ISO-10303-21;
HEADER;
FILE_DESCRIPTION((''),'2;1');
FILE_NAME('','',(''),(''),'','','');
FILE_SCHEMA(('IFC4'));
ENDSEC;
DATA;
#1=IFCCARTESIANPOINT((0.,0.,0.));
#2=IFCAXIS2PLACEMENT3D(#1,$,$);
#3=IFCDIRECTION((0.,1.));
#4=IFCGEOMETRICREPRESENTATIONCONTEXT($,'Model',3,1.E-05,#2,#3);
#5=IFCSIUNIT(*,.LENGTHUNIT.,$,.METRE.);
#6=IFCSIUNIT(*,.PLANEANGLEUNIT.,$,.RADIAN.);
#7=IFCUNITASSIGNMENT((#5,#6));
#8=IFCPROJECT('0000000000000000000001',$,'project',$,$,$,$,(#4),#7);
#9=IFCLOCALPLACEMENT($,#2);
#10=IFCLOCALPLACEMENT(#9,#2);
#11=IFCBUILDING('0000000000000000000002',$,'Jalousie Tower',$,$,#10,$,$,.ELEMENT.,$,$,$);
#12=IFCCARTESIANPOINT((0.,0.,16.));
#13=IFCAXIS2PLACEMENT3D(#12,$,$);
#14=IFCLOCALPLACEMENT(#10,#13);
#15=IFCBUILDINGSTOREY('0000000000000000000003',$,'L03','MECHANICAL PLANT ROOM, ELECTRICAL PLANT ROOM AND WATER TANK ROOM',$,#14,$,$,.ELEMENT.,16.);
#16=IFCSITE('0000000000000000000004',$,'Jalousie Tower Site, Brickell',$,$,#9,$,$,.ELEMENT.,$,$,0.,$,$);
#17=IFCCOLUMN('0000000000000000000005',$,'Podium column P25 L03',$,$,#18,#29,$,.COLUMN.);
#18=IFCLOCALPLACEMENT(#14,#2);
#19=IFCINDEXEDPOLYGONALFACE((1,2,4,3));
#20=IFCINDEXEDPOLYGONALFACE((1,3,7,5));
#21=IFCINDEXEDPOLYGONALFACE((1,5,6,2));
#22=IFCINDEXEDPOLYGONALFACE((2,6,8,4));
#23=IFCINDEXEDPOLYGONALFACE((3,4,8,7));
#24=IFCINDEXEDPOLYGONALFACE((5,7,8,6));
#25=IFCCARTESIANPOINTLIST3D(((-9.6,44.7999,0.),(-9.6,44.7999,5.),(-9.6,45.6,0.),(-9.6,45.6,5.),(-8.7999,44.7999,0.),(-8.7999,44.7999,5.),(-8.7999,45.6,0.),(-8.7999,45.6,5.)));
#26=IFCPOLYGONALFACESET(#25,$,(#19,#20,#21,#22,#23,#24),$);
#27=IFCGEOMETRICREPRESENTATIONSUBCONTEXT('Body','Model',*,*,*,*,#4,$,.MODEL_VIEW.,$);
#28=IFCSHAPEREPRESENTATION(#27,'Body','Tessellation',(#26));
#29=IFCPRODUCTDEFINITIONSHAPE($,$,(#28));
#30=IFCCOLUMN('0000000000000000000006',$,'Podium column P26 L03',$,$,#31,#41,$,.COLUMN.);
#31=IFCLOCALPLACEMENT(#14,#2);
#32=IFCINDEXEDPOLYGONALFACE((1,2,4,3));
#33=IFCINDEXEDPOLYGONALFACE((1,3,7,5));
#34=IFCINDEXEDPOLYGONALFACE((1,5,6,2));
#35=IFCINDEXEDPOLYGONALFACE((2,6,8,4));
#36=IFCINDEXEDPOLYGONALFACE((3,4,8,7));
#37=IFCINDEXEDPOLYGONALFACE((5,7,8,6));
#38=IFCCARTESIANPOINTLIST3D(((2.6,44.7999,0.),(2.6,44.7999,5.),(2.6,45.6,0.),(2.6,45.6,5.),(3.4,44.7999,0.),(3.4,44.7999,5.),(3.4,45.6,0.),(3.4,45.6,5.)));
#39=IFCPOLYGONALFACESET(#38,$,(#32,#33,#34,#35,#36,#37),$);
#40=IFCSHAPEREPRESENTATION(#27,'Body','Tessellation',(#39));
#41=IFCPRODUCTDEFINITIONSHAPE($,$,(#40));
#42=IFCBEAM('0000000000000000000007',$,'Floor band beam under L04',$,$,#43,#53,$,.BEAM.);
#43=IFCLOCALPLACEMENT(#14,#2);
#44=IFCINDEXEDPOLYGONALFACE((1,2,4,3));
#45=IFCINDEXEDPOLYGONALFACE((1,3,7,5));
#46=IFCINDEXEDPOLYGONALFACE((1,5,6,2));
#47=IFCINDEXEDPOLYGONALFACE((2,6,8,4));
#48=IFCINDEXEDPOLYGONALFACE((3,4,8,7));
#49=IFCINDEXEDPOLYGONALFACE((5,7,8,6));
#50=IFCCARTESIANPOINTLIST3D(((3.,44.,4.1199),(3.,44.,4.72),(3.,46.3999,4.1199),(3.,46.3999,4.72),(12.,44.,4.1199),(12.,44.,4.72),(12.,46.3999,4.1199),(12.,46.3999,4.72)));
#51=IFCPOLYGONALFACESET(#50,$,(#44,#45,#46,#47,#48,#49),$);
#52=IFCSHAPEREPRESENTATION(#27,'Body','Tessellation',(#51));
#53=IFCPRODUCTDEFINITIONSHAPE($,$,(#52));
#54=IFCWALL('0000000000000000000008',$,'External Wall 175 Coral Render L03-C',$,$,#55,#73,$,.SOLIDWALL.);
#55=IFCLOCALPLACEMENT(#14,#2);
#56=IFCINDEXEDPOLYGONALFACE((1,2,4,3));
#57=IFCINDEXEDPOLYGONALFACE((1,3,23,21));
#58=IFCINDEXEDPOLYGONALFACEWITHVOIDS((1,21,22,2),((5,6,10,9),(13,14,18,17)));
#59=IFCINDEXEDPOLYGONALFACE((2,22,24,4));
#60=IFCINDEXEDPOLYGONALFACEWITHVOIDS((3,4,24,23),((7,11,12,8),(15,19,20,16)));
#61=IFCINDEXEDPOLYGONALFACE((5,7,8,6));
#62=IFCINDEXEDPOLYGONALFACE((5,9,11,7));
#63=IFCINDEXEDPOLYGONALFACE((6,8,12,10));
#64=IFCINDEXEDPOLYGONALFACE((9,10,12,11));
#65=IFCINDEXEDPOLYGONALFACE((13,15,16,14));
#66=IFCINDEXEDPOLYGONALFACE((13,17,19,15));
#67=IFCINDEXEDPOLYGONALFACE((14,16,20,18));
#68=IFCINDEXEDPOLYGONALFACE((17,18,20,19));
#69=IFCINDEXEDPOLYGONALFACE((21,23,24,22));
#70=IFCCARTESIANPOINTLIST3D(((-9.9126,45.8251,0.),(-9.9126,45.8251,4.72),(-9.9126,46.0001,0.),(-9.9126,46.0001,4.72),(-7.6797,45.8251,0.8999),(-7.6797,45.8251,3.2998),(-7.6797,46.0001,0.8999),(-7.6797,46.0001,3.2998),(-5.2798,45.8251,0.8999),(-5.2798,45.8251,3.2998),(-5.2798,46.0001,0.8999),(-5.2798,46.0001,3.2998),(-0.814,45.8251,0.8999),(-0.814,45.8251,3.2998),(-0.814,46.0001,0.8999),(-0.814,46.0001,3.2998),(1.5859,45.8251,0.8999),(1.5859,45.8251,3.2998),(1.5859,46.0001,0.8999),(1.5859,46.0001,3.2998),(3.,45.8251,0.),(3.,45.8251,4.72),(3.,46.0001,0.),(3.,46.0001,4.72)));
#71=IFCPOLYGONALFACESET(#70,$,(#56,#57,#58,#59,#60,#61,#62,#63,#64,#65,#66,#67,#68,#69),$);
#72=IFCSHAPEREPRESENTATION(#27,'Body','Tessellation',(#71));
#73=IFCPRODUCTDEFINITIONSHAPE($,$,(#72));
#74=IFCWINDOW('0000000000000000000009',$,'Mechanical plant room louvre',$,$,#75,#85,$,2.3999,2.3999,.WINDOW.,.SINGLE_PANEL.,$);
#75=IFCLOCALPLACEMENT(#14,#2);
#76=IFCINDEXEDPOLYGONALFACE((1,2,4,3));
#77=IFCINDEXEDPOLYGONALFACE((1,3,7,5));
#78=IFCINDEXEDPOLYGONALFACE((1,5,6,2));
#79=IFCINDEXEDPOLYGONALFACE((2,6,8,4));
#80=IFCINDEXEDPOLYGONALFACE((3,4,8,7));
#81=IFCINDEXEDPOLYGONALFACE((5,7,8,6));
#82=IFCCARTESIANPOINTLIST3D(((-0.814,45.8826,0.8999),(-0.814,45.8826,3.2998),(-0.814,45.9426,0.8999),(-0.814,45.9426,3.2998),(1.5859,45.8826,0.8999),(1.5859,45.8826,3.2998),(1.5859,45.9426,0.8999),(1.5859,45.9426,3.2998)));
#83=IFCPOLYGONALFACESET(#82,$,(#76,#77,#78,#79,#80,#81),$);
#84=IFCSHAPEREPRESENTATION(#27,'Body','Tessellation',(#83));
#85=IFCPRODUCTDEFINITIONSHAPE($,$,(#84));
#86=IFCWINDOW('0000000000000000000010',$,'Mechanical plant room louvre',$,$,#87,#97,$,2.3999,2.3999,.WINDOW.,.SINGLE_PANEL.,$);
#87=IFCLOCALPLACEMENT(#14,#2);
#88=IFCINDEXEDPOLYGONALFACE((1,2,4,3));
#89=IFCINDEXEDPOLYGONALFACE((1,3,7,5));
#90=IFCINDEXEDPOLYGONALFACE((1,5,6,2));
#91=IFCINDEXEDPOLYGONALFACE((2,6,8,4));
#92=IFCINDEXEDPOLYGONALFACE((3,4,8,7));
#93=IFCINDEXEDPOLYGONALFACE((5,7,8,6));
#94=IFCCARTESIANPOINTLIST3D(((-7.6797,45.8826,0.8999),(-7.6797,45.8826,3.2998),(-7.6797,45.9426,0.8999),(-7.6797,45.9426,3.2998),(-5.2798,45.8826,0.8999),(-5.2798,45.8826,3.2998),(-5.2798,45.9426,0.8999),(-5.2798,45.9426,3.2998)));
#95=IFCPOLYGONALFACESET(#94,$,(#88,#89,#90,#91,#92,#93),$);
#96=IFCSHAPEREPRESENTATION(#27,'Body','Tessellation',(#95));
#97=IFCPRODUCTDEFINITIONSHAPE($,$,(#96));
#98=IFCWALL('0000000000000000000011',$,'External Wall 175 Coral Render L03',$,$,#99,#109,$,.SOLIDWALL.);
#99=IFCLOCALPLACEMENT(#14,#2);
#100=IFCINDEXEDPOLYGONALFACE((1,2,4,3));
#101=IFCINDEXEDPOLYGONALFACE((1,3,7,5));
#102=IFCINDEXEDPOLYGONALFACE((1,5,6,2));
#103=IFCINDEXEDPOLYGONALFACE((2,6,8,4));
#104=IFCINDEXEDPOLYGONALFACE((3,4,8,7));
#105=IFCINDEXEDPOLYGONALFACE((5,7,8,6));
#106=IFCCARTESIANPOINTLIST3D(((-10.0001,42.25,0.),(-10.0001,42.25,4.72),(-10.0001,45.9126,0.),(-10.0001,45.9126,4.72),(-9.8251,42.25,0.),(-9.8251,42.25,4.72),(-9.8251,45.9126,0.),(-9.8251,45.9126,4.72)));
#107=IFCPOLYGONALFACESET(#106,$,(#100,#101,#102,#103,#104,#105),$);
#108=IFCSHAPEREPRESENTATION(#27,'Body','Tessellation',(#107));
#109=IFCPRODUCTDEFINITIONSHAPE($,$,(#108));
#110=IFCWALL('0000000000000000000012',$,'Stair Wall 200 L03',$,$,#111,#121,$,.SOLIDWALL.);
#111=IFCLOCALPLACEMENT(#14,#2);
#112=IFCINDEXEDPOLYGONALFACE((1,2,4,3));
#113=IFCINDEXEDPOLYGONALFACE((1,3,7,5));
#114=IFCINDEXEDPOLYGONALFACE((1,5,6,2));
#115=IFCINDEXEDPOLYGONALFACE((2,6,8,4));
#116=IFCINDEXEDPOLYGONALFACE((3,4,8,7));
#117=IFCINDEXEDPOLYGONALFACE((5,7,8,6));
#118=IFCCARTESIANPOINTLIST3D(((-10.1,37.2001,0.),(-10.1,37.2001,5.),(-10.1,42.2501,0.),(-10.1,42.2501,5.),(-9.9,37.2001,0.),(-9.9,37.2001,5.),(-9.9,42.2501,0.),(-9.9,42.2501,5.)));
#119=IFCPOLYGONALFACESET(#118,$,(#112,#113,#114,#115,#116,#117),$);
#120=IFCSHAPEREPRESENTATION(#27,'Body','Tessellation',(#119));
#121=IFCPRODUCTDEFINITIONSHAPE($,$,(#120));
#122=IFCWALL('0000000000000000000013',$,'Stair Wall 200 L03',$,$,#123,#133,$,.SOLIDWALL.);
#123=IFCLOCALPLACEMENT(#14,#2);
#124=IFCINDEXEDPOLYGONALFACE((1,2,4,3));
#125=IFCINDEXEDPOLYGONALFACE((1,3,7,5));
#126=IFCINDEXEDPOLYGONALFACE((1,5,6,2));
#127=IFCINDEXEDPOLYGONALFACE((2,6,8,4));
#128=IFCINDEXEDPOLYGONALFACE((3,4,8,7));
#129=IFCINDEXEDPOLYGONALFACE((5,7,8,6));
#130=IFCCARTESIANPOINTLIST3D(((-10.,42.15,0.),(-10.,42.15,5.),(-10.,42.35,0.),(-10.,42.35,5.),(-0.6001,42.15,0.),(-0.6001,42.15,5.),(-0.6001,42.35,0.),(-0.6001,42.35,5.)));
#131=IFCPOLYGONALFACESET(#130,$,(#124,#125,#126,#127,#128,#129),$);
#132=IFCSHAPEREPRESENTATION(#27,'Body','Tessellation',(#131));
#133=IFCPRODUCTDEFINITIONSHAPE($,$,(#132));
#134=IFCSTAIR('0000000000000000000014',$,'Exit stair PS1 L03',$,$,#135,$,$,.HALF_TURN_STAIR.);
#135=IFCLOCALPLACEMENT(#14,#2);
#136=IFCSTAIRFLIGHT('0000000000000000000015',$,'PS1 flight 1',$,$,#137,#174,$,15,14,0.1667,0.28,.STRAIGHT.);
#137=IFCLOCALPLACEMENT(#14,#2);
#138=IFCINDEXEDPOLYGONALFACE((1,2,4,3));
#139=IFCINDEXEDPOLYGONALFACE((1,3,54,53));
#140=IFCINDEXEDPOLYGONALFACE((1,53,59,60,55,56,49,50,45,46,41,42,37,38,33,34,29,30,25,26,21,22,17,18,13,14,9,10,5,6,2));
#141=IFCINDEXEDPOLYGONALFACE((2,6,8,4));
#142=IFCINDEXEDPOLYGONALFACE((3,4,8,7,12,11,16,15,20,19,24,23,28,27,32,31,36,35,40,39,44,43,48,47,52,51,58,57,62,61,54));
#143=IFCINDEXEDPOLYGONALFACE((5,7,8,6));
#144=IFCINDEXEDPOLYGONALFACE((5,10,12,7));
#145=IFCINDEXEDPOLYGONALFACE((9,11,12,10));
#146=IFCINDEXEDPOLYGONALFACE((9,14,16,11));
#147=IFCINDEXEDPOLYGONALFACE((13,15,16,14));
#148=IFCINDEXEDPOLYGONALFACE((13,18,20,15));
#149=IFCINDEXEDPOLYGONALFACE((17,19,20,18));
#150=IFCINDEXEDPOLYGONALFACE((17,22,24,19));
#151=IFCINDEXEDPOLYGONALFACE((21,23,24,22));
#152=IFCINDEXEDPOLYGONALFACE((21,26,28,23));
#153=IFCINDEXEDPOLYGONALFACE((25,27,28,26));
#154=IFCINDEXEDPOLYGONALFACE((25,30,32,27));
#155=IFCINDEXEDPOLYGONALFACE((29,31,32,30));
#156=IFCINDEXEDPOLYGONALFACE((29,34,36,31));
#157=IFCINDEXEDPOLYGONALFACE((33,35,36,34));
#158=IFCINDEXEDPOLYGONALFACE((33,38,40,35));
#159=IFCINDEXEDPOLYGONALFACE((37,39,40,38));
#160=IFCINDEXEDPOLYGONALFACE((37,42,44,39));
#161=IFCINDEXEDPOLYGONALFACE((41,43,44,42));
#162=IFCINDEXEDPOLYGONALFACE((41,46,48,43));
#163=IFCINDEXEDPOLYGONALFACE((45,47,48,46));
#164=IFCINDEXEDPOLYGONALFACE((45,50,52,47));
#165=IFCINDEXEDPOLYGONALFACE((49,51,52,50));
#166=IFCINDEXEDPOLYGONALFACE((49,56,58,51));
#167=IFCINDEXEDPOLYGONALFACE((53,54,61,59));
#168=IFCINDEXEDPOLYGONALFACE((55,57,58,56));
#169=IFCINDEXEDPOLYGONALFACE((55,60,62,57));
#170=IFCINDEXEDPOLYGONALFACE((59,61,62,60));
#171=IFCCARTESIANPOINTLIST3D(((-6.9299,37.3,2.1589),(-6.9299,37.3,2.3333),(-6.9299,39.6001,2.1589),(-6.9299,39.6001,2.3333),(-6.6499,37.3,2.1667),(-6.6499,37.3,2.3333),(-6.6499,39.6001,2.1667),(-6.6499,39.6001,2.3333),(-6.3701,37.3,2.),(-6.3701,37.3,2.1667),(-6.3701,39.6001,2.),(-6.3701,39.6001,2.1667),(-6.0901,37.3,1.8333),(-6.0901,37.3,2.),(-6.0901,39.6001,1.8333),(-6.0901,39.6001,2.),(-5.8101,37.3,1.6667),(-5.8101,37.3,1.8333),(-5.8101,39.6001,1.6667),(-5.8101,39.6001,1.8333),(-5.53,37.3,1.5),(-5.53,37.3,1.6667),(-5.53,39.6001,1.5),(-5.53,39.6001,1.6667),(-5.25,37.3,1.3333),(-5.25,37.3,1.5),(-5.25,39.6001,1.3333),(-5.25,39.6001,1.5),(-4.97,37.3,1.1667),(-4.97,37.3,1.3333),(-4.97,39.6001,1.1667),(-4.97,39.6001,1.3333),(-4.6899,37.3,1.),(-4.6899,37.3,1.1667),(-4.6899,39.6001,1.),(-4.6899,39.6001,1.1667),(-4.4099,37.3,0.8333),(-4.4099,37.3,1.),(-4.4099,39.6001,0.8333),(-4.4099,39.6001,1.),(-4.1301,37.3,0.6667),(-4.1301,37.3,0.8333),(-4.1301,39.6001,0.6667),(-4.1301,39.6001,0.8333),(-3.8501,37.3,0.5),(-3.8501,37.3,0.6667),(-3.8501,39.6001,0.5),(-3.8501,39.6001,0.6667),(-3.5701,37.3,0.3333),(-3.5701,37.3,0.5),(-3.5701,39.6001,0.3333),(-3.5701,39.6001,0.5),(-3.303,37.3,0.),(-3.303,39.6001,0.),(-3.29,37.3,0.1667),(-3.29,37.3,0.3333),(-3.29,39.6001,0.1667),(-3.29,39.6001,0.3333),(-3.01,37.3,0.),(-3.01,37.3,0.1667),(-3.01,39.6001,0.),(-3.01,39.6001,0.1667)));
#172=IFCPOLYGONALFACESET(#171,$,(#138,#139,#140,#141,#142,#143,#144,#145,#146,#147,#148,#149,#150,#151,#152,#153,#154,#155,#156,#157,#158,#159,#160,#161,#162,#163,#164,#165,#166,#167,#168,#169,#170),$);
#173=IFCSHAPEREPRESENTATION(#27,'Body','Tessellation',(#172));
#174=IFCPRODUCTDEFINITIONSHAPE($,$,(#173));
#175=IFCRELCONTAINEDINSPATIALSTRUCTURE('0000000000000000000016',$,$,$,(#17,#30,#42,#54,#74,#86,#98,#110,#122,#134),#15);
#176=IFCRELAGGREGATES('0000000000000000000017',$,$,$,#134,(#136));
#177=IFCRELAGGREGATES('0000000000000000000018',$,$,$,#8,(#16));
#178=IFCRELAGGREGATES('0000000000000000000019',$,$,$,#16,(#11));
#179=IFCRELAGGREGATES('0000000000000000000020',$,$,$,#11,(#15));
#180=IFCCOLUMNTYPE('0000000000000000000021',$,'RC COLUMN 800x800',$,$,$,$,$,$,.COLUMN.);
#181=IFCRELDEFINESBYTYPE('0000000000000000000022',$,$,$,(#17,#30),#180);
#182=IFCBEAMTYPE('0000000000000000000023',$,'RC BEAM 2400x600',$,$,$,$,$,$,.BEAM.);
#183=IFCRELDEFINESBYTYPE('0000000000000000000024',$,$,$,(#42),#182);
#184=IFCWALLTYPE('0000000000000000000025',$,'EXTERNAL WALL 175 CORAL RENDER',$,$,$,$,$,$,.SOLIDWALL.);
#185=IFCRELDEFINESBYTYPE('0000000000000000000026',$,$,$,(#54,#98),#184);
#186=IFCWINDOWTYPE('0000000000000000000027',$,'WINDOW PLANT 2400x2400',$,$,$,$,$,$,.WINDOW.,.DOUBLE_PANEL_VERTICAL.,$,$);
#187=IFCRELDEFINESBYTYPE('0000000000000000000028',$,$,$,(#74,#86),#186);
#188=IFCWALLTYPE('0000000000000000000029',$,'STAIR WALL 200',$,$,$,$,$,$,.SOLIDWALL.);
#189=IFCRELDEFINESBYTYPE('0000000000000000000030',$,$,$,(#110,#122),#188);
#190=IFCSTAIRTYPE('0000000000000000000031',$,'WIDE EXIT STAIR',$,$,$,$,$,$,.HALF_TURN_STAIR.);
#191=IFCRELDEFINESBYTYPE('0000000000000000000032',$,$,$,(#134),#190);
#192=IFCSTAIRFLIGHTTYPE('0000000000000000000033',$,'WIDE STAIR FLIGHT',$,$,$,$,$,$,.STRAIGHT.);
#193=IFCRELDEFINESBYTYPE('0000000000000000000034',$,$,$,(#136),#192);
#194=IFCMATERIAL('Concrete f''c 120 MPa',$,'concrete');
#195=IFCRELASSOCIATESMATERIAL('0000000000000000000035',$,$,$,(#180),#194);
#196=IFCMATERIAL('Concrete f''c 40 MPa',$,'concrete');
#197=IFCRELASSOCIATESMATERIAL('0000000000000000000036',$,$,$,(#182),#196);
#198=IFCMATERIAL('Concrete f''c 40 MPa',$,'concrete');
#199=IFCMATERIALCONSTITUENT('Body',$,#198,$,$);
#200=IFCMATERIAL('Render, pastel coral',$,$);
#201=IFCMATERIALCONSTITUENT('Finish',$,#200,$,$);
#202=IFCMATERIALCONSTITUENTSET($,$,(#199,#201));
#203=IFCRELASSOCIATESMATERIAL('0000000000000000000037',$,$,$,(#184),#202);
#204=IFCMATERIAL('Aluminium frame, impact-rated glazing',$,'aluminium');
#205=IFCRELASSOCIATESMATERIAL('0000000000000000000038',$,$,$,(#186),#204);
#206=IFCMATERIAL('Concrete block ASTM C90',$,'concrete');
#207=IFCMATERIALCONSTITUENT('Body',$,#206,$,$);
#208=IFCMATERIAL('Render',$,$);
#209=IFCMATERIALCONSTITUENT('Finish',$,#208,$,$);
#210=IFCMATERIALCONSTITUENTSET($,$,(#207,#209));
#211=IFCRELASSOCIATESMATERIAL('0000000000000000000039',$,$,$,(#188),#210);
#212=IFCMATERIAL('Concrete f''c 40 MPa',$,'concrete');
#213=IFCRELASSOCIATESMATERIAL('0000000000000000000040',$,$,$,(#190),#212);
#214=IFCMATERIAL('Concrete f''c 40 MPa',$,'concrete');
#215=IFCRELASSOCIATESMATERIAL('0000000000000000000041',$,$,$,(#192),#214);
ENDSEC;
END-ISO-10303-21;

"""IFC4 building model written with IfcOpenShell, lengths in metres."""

from ifc_helpers import new_model, si_unit, direction, frame, frame_2d, origin, origin_2d, place, context, subcontext, project, spatial, polyline, rectangle, outline, extrude, material, constituent, constituent_set, material_profile, profile_set, type_object, element, fill, aggregate, save


model = new_model("IFC4")

# Units and contexts
model_context = context("Model", 3, precision=1e-05, world=origin(), true_north=direction((0.0, 1.0)))
body_context = subcontext(model_context, "Body", "Model", "MODEL_VIEW")
ifc_project = project(units=[si_unit("LENGTHUNIT", "METRE"), si_unit("PLANEANGLEUNIT", "RADIAN")], contexts=[model_context])

# Site, building, storey
site_placement = place(None, origin())
site = spatial("IfcSite", under=ifc_project, at=site_placement, Name="Jalousie Tower Site, Brickell", CompositionType="ELEMENT", RefElevation=0.0)
building_placement = place(site_placement, origin())
building = spatial("IfcBuilding", under=site, at=building_placement, Name="Jalousie Tower", CompositionType="ELEMENT")
storey_placement = place(building_placement, frame((0.0, 0.0, 16.0)))
storey = spatial("IfcBuildingStorey", under=building, at=storey_placement, Name="L03", Description="MECHANICAL PLANT ROOM, ELECTRICAL PLANT ROOM AND WATER TANK ROOM", CompositionType="ELEMENT", Elevation=16.0)

# Columns
ifc_material_1 = material(Name="Concrete f'c 120 MPa", Category="concrete")
ifc_material_profile_1 = material_profile(ifc_material_1, rectangle(XDim=0.8, YDim=0.8, at=origin_2d()), Name="RC 800x800")
ifc_profile_set_1 = profile_set([ifc_material_profile_1], Name="Concrete f'c 120 MPa")
column_type = type_object("IfcColumnType", Name="RC COLUMN 800x800", PredefinedType="COLUMN", material=ifc_profile_set_1)
for number, where, z_axis, x_axis, name in (
    (1, (-9.2, 45.2, 0.0), (0.0, 0.0, 1.0), (1.0, 0.0, 0.0), "Podium column P25 L03"),
    (2, (3.0, 45.2, 0.0), (0.0, 0.0, 1.0), (1.0, 0.0, 0.0), "Podium column P26 L03"),
):
    element("IfcColumn", number, at=place(storey_placement, frame(where, z_axis=z_axis, x_axis=x_axis)), inside=storey, type_object=column_type, Name=name, PredefinedType="COLUMN", context=body_context, shape_type="SweptSolid", body=[
        extrude(rectangle(XDim=0.8, YDim=0.8, at=origin_2d()), origin(), (0.0, 0.0, 1.0), 5.0),
    ])

# Beam
ifc_material_2 = material(Name="Concrete f'c 40 MPa", Category="concrete")
ifc_material_profile_2 = material_profile(ifc_material_2, rectangle(XDim=2.3999, YDim=0.6001, at=origin_2d()), Name="RC 2400x600")
ifc_profile_set_2 = profile_set([ifc_material_profile_2], Name="Concrete f'c 40 MPa")
beam_type = type_object("IfcBeamType", Name="RC BEAM 2400x600", PredefinedType="BEAM", material=ifc_profile_set_2)
beam_placement = place(storey_placement, frame((3.0, 45.2, 4.4199), z_axis=(1.0, 0.0, 0.0), x_axis=(0.0, 1.0, 0.0)))
element("IfcBeam", 3, at=beam_placement, inside=storey, type_object=beam_type, Name="Floor band beam under L04", PredefinedType="BEAM", context=body_context, shape_type="SweptSolid", body=[
    extrude(rectangle(XDim=2.3999, YDim=0.6001, at=origin_2d()), origin(), (0.0, 0.0, 1.0), 9.0),
])

# Wall, openings, windows
ifc_material_3 = material(Name="Concrete f'c 40 MPa", Category="concrete")
ifc_constituent_1 = constituent(ifc_material_3, Name="Body")
ifc_material_4 = material(Name="Render, pastel coral")
ifc_constituent_2 = constituent(ifc_material_4, Name="Finish")
ifc_constituent_set_1 = constituent_set(constituents=[ifc_constituent_1, ifc_constituent_2])
wall_type_1 = type_object("IfcWallType", Name="EXTERNAL WALL 175 CORAL RENDER", PredefinedType="SOLIDWALL", material=ifc_constituent_set_1)
wall_1_placement = place(storey_placement, frame((3.0, 45.9126, 0.0), z_axis=(0.0, 0.0, 1.0), x_axis=(-1.0, 0.0, 0.0)))
wall_1 = element("IfcWall", 4, at=wall_1_placement, inside=storey, type_object=wall_type_1, Name="External Wall 175 Coral Render L03-C", PredefinedType="SOLIDWALL", context=body_context, shape_type="SweptSolid", body=[
    extrude(rectangle(XDim=12.9126, YDim=0.175, at=frame_2d((6.4563, 0.0))), origin(), (0.0, 0.0, 1.0), 4.72),
])
opening_1_placement = place(wall_1_placement, frame((1.4141, 0.0, 0.8999)))
opening_1 = element("IfcOpeningElement", 5, at=opening_1_placement, cuts=wall_1, PredefinedType="OPENING", context=body_context, shape_type="SweptSolid", body=[
    extrude(rectangle(XDim=2.3999, YDim=2.3999, at=frame_2d((1.2, 1.2))), frame((0.0, 0.0974, 0.0), z_axis=(0.0, -1.0, 0.0), x_axis=(1.0, 0.0, 0.0)), (0.0, 0.0, 1.0), 0.1951),
])
opening_2_placement = place(wall_1_placement, frame((8.2798, 0.0, 0.8999)))
opening_2 = element("IfcOpeningElement", 6, at=opening_2_placement, cuts=wall_1, PredefinedType="OPENING", context=body_context, shape_type="SweptSolid", body=[
    extrude(rectangle(XDim=2.3999, YDim=2.3999, at=frame_2d((1.2, 1.2))), frame((0.0, 0.0974, 0.0), z_axis=(0.0, -1.0, 0.0), x_axis=(1.0, 0.0, 0.0)), (0.0, 0.0, 1.0), 0.1951),
])
ifc_material_5 = material(Name="Aluminium frame, impact-rated glazing", Category="aluminium")
window_type = type_object("IfcWindowType", Name="WINDOW PLANT 2400x2400", PartitioningType="DOUBLE_PANEL_VERTICAL", PredefinedType="WINDOW", material=ifc_material_5)
window_1_placement = place(opening_1_placement, origin())
window_1 = element("IfcWindow", 7, at=window_1_placement, inside=storey, type_object=window_type, Name="Mechanical plant room louvre", OverallHeight=2.3999, OverallWidth=2.3999, PartitioningType="SINGLE_PANEL", PredefinedType="WINDOW", context=body_context, shape_type="SweptSolid", body=[
    extrude(rectangle(XDim=2.3999, YDim=2.3999, at=frame_2d((1.2, 1.2))), frame((0.0, 0.03, 0.0), z_axis=(0.0, -1.0, 0.0), x_axis=(1.0, 0.0, 0.0)), (0.0, 0.0, 1.0), 0.0601),
])
fill(opening_1, window_1)
window_2_placement = place(opening_2_placement, origin())
window_2 = element("IfcWindow", 8, at=window_2_placement, inside=storey, type_object=window_type, Name="Mechanical plant room louvre", OverallHeight=2.3999, OverallWidth=2.3999, PartitioningType="SINGLE_PANEL", PredefinedType="WINDOW", context=body_context, shape_type="SweptSolid", body=[
    extrude(rectangle(XDim=2.3999, YDim=2.3999, at=frame_2d((1.2, 1.2))), frame((0.0, 0.03, 0.0), z_axis=(0.0, -1.0, 0.0), x_axis=(1.0, 0.0, 0.0)), (0.0, 0.0, 1.0), 0.0601),
])
fill(opening_2, window_2)

# Walls
wall_2_placement = place(storey_placement, frame((-9.9126, 45.9126, 0.0), z_axis=(0.0, 0.0, 1.0), x_axis=(0.0, -1.0, 0.0)))
element("IfcWall", 9, at=wall_2_placement, inside=storey, type_object=wall_type_1, Name="External Wall 175 Coral Render L03", PredefinedType="SOLIDWALL", context=body_context, shape_type="SweptSolid", body=[
    extrude(rectangle(XDim=3.6626, YDim=0.175, at=frame_2d((1.8313, 0.0))), origin(), (0.0, 0.0, 1.0), 4.72),
])
ifc_material_6 = material(Name="Concrete block ASTM C90", Category="concrete")
ifc_constituent_3 = constituent(ifc_material_6, Name="Body")
ifc_material_7 = material(Name="Render")
ifc_constituent_4 = constituent(ifc_material_7, Name="Finish")
ifc_constituent_set_2 = constituent_set(constituents=[ifc_constituent_3, ifc_constituent_4])
wall_type_2 = type_object("IfcWallType", Name="STAIR WALL 200", PredefinedType="SOLIDWALL", material=ifc_constituent_set_2)
wall_3_placement = place(storey_placement, frame((-10.0, 42.25, 0.0), z_axis=(0.0, 0.0, 1.0), x_axis=(0.0, -1.0, 0.0)))
element("IfcWall", 10, at=wall_3_placement, inside=storey, type_object=wall_type_2, Name="Stair Wall 200 L03", PredefinedType="SOLIDWALL", context=body_context, shape_type="SweptSolid", body=[
    extrude(rectangle(XDim=5.05, YDim=0.2, at=frame_2d((2.5249, 0.0))), origin(), (0.0, 0.0, 1.0), 5.0),
])
wall_4_placement = place(storey_placement, frame((-10.0, 42.25, 0.0), z_axis=(0.0, 0.0, 1.0), x_axis=(1.0, 0.0, 0.0)))
element("IfcWall", 11, at=wall_4_placement, inside=storey, type_object=wall_type_2, Name="Stair Wall 200 L03", PredefinedType="SOLIDWALL", context=body_context, shape_type="SweptSolid", body=[
    extrude(rectangle(XDim=9.3999, YDim=0.2, at=frame_2d((4.7, 0.0))), origin(), (0.0, 0.0, 1.0), 5.0),
])

# Stair, stair flight
ifc_material_8 = material(Name="Concrete f'c 40 MPa", Category="concrete")
stair_type = type_object("IfcStairType", Name="WIDE EXIT STAIR", PredefinedType="HALF_TURN_STAIR", material=ifc_material_8)
stair_placement = place(storey_placement, origin())
stair = element("IfcStair", 12, at=stair_placement, inside=storey, type_object=stair_type, Name="Exit stair PS1 L03", PredefinedType="HALF_TURN_STAIR")
ifc_material_9 = material(Name="Concrete f'c 40 MPa", Category="concrete")
stair_flight_type = type_object("IfcStairFlightType", Name="WIDE STAIR FLIGHT", PredefinedType="STRAIGHT", material=ifc_material_9)
stair_flight_1_placement = place(storey_placement, frame((-3.01, 38.45, 0.0), z_axis=(0.0, 0.0, 1.0), x_axis=(-1.0, 0.0, 0.0)))
stair_flight_1 = element("IfcStairFlight", 13, at=stair_flight_1_placement, type_object=stair_flight_type, Name="PS1 flight 1", NumberOfRisers=15, NumberOfTreads=14, PredefinedType="STRAIGHT", RiserHeight=0.1667, TreadLength=0.28, context=body_context, shape_type="SweptSolid", body=[
    extrude(outline(polyline([(0.0, 0.0), (0.0, 0.1667), (0.28, 0.1667), (0.28, 0.3333), (0.5601, 0.3333), (0.5601, 0.5), (0.8401, 0.5), (0.8401, 0.6667), (1.1201, 0.6667), (1.1201, 0.8333), (1.3999, 0.8333), (1.3999, 1.0), (1.6799, 1.0), (1.6799, 1.1667), (1.96, 1.1667), (1.96, 1.3333), (2.24, 1.3333), (2.24, 1.5), (2.52, 1.5), (2.52, 1.6667), (2.8, 1.6667), (2.8, 1.8333), (3.0801, 1.8333), (3.0801, 2.0), (3.3601, 2.0), (3.3601, 2.1667), (3.6399, 2.1667), (3.6399, 2.3333), (3.9199, 2.3333), (3.9199, 2.5), (3.9199, 2.1589), (0.293, 0.0), (0.0, 0.0)])), frame((0.0, 1.1499, 0.0), z_axis=(0.0, -1.0, 0.0), x_axis=(1.0, 0.0, 0.0)), (0.0, 0.0, 1.0), 2.3),
])
aggregate(stair, [stair_flight_1])

save(model, "model.ifc")
